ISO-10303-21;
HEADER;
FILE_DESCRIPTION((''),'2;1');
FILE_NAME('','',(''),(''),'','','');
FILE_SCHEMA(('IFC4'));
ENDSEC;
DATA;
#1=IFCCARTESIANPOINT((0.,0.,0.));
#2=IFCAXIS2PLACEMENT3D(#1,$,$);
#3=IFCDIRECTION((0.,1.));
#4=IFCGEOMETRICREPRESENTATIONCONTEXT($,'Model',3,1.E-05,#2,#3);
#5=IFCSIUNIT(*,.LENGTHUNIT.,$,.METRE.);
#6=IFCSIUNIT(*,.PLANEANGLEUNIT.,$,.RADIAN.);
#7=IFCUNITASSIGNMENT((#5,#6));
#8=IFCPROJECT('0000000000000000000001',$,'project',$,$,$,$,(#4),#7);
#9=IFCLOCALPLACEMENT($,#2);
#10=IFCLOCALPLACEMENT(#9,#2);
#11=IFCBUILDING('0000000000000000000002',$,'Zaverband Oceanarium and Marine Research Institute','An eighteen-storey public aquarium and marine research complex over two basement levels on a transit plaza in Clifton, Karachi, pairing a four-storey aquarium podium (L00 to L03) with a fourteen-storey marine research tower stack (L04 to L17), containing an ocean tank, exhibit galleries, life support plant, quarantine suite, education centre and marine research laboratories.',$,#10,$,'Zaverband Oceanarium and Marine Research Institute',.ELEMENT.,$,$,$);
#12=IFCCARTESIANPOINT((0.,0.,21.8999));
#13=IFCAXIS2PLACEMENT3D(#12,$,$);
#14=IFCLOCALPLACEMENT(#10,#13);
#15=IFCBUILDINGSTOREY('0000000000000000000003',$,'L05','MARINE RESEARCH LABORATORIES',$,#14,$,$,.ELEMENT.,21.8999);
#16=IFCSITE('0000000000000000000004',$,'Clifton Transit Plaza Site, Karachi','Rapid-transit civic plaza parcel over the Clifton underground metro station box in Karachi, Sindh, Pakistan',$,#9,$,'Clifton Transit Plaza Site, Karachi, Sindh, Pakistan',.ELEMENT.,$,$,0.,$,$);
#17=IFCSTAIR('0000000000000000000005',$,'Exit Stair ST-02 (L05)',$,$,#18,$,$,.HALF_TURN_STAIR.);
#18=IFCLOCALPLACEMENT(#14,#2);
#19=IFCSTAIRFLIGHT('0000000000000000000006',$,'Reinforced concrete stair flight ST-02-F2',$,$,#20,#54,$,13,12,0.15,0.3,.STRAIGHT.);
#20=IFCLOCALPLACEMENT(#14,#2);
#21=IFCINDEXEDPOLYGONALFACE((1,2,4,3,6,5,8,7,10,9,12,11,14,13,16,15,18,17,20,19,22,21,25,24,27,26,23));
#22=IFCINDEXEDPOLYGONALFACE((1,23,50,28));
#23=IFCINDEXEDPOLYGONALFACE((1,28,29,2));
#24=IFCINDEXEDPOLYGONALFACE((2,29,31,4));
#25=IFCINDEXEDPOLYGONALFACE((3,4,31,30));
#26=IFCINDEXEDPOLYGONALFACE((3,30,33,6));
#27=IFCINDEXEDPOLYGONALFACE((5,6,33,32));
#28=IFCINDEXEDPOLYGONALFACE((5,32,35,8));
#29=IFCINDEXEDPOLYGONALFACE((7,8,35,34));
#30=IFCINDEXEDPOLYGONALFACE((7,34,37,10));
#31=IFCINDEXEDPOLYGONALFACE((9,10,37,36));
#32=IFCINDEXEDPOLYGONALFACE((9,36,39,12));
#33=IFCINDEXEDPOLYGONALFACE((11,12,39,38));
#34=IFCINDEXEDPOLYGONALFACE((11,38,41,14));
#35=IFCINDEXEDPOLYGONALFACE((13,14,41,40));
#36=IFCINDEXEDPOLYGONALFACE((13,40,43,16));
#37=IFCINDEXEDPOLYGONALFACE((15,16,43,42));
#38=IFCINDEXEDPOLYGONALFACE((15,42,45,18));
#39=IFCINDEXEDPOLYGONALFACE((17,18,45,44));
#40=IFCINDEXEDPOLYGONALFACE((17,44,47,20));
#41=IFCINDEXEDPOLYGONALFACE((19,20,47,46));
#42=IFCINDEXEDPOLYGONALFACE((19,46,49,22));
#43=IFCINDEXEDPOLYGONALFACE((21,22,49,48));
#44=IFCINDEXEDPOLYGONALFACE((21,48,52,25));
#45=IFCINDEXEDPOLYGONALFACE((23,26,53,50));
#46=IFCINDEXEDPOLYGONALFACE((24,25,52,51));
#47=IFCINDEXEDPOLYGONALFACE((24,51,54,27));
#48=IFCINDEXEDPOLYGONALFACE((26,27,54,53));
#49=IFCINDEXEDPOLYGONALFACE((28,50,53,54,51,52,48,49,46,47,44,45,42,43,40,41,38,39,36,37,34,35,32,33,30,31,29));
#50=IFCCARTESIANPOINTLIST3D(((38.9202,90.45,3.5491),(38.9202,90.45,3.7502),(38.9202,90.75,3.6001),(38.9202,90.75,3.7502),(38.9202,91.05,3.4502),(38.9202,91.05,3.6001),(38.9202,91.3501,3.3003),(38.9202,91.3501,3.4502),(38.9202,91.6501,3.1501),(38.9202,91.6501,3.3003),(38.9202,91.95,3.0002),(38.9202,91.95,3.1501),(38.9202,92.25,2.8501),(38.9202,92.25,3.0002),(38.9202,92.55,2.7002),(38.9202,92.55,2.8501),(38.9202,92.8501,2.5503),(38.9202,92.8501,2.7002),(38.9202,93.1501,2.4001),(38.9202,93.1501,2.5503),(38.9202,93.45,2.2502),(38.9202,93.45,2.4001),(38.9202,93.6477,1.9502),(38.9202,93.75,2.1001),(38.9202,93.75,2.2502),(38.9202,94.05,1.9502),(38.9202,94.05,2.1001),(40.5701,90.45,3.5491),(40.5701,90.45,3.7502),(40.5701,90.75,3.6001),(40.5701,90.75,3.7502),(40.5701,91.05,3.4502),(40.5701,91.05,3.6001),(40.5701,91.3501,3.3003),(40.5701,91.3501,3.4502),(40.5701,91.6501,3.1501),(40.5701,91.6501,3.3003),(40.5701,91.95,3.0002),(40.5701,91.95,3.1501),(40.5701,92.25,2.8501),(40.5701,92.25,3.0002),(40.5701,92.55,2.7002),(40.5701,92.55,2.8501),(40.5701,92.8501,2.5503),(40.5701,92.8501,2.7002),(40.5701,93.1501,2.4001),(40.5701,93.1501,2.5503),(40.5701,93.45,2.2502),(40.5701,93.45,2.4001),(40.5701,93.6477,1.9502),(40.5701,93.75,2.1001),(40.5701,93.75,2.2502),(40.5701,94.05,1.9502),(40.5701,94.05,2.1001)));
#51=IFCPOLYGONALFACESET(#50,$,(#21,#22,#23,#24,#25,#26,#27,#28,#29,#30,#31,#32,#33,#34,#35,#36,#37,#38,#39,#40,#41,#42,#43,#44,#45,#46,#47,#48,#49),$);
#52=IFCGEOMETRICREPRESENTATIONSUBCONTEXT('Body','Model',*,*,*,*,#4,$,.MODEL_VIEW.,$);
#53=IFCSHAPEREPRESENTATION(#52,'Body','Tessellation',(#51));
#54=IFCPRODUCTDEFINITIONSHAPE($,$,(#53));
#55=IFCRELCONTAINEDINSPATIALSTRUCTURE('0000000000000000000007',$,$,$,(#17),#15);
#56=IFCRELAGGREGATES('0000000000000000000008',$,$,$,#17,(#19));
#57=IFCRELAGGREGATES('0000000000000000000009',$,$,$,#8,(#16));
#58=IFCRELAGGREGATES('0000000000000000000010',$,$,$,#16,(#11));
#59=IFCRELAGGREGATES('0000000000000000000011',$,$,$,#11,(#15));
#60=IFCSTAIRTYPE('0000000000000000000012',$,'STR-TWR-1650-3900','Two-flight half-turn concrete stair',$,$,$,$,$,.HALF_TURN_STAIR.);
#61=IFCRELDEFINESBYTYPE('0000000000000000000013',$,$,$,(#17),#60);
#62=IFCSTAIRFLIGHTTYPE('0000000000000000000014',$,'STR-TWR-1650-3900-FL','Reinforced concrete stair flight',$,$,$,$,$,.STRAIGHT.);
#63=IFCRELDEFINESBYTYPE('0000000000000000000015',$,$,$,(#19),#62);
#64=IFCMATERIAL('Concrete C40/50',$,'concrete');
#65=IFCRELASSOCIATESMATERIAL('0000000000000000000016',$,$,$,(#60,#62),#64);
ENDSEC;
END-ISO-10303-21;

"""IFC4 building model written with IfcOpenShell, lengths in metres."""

from ifc_helpers import new_model, si_unit, direction, frame, origin, place, context, subcontext, project, spatial, polyline, outline, extrude, material, type_object, element, aggregate, save


model = new_model("IFC4")

# Units and contexts
model_context = context("Model", 3, precision=1e-05, world=origin(), true_north=direction((0.0, 1.0)))
body_context = subcontext(model_context, "Body", "Model", "MODEL_VIEW")
ifc_project = project(units=[si_unit("LENGTHUNIT", "METRE"), si_unit("PLANEANGLEUNIT", "RADIAN")], contexts=[model_context])

# Site, building, storey
site_placement = place(None, origin())
site = spatial("IfcSite", under=ifc_project, at=site_placement, Name="Clifton Transit Plaza Site, Karachi", Description="Rapid-transit civic plaza parcel over the Clifton underground metro station box in Karachi, Sindh, Pakistan", LongName="Clifton Transit Plaza Site, Karachi, Sindh, Pakistan", CompositionType="ELEMENT", RefElevation=0.0)
building_placement = place(site_placement, origin())
building = spatial("IfcBuilding", under=site, at=building_placement, Name="Zaverband Oceanarium and Marine Research Institute", Description="An eighteen-storey public aquarium and marine research complex over two basement levels on a transit plaza in Clifton, Karachi, pairing a four-storey aquarium podium (L00 to L03) with a fourteen-storey marine research tower stack (L04 to L17), containing an ocean tank, exhibit galleries, life support plant, quarantine suite, education centre and marine research laboratories.", LongName="Zaverband Oceanarium and Marine Research Institute", CompositionType="ELEMENT")
storey_placement = place(building_placement, frame((0.0, 0.0, 21.8999)))
storey = spatial("IfcBuildingStorey", under=building, at=storey_placement, Name="L05", Description="MARINE RESEARCH LABORATORIES", CompositionType="ELEMENT", Elevation=21.8999)

# Shared definitions
ifc_material_1 = material(Name="Concrete C40/50", Category="concrete")

# Stair, stair flight
stair_type = type_object("IfcStairType", Name="STR-TWR-1650-3900", Description="Two-flight half-turn concrete stair", PredefinedType="HALF_TURN_STAIR", material=ifc_material_1)
stair_placement = place(storey_placement, origin())
stair = element("IfcStair", 1, at=stair_placement, inside=storey, type_object=stair_type, Name="Exit Stair ST-02 (L05)", PredefinedType="HALF_TURN_STAIR")
stair_flight_type = type_object("IfcStairFlightType", Name="STR-TWR-1650-3900-FL", Description="Reinforced concrete stair flight", PredefinedType="STRAIGHT", material=ifc_material_1)
stair_flight_1_placement = place(storey_placement, frame((39.7451, 94.05, 1.9502), z_axis=(0.0, 0.0, 1.0), x_axis=(0.0, -1.0, 0.0)))
stair_flight_1 = element("IfcStairFlight", 2, at=stair_flight_1_placement, type_object=stair_flight_type, Name="Reinforced concrete stair flight ST-02-F2", NumberOfRisers=13, NumberOfTreads=12, PredefinedType="STRAIGHT", RiserHeight=0.15, TreadLength=0.3, context=body_context, shape_type="SweptSolid", body=[
    extrude(outline(polyline([(0.0, 0.0), (0.0, 0.1499), (0.3, 0.1499), (0.3, 0.3), (0.6001, 0.3), (0.6001, 0.45), (0.8999, 0.45), (0.8999, 0.6001), (1.2, 0.6001), (1.2, 0.75), (1.5, 0.75), (1.5, 0.8999), (1.8, 0.8999), (1.8, 1.05), (2.1001, 1.05), (2.1001, 1.2), (2.3999, 1.2), (2.3999, 1.3501), (2.7, 1.3501), (2.7, 1.5), (3.0, 1.5), (3.0, 1.6499), (3.3, 1.6499), (3.3, 1.8), (3.6001, 1.8), (3.6001, 1.95), (3.6001, 1.5989), (0.4023, 0.0), (0.0, 0.0)])), frame((0.0, 0.825, 0.0), z_axis=(0.0, -1.0, 0.0), x_axis=(1.0, 0.0, 0.0)), (0.0, 0.0, 1.0), 1.6499),
])
aggregate(stair, [stair_flight_1])

save(model, "model.ifc")
